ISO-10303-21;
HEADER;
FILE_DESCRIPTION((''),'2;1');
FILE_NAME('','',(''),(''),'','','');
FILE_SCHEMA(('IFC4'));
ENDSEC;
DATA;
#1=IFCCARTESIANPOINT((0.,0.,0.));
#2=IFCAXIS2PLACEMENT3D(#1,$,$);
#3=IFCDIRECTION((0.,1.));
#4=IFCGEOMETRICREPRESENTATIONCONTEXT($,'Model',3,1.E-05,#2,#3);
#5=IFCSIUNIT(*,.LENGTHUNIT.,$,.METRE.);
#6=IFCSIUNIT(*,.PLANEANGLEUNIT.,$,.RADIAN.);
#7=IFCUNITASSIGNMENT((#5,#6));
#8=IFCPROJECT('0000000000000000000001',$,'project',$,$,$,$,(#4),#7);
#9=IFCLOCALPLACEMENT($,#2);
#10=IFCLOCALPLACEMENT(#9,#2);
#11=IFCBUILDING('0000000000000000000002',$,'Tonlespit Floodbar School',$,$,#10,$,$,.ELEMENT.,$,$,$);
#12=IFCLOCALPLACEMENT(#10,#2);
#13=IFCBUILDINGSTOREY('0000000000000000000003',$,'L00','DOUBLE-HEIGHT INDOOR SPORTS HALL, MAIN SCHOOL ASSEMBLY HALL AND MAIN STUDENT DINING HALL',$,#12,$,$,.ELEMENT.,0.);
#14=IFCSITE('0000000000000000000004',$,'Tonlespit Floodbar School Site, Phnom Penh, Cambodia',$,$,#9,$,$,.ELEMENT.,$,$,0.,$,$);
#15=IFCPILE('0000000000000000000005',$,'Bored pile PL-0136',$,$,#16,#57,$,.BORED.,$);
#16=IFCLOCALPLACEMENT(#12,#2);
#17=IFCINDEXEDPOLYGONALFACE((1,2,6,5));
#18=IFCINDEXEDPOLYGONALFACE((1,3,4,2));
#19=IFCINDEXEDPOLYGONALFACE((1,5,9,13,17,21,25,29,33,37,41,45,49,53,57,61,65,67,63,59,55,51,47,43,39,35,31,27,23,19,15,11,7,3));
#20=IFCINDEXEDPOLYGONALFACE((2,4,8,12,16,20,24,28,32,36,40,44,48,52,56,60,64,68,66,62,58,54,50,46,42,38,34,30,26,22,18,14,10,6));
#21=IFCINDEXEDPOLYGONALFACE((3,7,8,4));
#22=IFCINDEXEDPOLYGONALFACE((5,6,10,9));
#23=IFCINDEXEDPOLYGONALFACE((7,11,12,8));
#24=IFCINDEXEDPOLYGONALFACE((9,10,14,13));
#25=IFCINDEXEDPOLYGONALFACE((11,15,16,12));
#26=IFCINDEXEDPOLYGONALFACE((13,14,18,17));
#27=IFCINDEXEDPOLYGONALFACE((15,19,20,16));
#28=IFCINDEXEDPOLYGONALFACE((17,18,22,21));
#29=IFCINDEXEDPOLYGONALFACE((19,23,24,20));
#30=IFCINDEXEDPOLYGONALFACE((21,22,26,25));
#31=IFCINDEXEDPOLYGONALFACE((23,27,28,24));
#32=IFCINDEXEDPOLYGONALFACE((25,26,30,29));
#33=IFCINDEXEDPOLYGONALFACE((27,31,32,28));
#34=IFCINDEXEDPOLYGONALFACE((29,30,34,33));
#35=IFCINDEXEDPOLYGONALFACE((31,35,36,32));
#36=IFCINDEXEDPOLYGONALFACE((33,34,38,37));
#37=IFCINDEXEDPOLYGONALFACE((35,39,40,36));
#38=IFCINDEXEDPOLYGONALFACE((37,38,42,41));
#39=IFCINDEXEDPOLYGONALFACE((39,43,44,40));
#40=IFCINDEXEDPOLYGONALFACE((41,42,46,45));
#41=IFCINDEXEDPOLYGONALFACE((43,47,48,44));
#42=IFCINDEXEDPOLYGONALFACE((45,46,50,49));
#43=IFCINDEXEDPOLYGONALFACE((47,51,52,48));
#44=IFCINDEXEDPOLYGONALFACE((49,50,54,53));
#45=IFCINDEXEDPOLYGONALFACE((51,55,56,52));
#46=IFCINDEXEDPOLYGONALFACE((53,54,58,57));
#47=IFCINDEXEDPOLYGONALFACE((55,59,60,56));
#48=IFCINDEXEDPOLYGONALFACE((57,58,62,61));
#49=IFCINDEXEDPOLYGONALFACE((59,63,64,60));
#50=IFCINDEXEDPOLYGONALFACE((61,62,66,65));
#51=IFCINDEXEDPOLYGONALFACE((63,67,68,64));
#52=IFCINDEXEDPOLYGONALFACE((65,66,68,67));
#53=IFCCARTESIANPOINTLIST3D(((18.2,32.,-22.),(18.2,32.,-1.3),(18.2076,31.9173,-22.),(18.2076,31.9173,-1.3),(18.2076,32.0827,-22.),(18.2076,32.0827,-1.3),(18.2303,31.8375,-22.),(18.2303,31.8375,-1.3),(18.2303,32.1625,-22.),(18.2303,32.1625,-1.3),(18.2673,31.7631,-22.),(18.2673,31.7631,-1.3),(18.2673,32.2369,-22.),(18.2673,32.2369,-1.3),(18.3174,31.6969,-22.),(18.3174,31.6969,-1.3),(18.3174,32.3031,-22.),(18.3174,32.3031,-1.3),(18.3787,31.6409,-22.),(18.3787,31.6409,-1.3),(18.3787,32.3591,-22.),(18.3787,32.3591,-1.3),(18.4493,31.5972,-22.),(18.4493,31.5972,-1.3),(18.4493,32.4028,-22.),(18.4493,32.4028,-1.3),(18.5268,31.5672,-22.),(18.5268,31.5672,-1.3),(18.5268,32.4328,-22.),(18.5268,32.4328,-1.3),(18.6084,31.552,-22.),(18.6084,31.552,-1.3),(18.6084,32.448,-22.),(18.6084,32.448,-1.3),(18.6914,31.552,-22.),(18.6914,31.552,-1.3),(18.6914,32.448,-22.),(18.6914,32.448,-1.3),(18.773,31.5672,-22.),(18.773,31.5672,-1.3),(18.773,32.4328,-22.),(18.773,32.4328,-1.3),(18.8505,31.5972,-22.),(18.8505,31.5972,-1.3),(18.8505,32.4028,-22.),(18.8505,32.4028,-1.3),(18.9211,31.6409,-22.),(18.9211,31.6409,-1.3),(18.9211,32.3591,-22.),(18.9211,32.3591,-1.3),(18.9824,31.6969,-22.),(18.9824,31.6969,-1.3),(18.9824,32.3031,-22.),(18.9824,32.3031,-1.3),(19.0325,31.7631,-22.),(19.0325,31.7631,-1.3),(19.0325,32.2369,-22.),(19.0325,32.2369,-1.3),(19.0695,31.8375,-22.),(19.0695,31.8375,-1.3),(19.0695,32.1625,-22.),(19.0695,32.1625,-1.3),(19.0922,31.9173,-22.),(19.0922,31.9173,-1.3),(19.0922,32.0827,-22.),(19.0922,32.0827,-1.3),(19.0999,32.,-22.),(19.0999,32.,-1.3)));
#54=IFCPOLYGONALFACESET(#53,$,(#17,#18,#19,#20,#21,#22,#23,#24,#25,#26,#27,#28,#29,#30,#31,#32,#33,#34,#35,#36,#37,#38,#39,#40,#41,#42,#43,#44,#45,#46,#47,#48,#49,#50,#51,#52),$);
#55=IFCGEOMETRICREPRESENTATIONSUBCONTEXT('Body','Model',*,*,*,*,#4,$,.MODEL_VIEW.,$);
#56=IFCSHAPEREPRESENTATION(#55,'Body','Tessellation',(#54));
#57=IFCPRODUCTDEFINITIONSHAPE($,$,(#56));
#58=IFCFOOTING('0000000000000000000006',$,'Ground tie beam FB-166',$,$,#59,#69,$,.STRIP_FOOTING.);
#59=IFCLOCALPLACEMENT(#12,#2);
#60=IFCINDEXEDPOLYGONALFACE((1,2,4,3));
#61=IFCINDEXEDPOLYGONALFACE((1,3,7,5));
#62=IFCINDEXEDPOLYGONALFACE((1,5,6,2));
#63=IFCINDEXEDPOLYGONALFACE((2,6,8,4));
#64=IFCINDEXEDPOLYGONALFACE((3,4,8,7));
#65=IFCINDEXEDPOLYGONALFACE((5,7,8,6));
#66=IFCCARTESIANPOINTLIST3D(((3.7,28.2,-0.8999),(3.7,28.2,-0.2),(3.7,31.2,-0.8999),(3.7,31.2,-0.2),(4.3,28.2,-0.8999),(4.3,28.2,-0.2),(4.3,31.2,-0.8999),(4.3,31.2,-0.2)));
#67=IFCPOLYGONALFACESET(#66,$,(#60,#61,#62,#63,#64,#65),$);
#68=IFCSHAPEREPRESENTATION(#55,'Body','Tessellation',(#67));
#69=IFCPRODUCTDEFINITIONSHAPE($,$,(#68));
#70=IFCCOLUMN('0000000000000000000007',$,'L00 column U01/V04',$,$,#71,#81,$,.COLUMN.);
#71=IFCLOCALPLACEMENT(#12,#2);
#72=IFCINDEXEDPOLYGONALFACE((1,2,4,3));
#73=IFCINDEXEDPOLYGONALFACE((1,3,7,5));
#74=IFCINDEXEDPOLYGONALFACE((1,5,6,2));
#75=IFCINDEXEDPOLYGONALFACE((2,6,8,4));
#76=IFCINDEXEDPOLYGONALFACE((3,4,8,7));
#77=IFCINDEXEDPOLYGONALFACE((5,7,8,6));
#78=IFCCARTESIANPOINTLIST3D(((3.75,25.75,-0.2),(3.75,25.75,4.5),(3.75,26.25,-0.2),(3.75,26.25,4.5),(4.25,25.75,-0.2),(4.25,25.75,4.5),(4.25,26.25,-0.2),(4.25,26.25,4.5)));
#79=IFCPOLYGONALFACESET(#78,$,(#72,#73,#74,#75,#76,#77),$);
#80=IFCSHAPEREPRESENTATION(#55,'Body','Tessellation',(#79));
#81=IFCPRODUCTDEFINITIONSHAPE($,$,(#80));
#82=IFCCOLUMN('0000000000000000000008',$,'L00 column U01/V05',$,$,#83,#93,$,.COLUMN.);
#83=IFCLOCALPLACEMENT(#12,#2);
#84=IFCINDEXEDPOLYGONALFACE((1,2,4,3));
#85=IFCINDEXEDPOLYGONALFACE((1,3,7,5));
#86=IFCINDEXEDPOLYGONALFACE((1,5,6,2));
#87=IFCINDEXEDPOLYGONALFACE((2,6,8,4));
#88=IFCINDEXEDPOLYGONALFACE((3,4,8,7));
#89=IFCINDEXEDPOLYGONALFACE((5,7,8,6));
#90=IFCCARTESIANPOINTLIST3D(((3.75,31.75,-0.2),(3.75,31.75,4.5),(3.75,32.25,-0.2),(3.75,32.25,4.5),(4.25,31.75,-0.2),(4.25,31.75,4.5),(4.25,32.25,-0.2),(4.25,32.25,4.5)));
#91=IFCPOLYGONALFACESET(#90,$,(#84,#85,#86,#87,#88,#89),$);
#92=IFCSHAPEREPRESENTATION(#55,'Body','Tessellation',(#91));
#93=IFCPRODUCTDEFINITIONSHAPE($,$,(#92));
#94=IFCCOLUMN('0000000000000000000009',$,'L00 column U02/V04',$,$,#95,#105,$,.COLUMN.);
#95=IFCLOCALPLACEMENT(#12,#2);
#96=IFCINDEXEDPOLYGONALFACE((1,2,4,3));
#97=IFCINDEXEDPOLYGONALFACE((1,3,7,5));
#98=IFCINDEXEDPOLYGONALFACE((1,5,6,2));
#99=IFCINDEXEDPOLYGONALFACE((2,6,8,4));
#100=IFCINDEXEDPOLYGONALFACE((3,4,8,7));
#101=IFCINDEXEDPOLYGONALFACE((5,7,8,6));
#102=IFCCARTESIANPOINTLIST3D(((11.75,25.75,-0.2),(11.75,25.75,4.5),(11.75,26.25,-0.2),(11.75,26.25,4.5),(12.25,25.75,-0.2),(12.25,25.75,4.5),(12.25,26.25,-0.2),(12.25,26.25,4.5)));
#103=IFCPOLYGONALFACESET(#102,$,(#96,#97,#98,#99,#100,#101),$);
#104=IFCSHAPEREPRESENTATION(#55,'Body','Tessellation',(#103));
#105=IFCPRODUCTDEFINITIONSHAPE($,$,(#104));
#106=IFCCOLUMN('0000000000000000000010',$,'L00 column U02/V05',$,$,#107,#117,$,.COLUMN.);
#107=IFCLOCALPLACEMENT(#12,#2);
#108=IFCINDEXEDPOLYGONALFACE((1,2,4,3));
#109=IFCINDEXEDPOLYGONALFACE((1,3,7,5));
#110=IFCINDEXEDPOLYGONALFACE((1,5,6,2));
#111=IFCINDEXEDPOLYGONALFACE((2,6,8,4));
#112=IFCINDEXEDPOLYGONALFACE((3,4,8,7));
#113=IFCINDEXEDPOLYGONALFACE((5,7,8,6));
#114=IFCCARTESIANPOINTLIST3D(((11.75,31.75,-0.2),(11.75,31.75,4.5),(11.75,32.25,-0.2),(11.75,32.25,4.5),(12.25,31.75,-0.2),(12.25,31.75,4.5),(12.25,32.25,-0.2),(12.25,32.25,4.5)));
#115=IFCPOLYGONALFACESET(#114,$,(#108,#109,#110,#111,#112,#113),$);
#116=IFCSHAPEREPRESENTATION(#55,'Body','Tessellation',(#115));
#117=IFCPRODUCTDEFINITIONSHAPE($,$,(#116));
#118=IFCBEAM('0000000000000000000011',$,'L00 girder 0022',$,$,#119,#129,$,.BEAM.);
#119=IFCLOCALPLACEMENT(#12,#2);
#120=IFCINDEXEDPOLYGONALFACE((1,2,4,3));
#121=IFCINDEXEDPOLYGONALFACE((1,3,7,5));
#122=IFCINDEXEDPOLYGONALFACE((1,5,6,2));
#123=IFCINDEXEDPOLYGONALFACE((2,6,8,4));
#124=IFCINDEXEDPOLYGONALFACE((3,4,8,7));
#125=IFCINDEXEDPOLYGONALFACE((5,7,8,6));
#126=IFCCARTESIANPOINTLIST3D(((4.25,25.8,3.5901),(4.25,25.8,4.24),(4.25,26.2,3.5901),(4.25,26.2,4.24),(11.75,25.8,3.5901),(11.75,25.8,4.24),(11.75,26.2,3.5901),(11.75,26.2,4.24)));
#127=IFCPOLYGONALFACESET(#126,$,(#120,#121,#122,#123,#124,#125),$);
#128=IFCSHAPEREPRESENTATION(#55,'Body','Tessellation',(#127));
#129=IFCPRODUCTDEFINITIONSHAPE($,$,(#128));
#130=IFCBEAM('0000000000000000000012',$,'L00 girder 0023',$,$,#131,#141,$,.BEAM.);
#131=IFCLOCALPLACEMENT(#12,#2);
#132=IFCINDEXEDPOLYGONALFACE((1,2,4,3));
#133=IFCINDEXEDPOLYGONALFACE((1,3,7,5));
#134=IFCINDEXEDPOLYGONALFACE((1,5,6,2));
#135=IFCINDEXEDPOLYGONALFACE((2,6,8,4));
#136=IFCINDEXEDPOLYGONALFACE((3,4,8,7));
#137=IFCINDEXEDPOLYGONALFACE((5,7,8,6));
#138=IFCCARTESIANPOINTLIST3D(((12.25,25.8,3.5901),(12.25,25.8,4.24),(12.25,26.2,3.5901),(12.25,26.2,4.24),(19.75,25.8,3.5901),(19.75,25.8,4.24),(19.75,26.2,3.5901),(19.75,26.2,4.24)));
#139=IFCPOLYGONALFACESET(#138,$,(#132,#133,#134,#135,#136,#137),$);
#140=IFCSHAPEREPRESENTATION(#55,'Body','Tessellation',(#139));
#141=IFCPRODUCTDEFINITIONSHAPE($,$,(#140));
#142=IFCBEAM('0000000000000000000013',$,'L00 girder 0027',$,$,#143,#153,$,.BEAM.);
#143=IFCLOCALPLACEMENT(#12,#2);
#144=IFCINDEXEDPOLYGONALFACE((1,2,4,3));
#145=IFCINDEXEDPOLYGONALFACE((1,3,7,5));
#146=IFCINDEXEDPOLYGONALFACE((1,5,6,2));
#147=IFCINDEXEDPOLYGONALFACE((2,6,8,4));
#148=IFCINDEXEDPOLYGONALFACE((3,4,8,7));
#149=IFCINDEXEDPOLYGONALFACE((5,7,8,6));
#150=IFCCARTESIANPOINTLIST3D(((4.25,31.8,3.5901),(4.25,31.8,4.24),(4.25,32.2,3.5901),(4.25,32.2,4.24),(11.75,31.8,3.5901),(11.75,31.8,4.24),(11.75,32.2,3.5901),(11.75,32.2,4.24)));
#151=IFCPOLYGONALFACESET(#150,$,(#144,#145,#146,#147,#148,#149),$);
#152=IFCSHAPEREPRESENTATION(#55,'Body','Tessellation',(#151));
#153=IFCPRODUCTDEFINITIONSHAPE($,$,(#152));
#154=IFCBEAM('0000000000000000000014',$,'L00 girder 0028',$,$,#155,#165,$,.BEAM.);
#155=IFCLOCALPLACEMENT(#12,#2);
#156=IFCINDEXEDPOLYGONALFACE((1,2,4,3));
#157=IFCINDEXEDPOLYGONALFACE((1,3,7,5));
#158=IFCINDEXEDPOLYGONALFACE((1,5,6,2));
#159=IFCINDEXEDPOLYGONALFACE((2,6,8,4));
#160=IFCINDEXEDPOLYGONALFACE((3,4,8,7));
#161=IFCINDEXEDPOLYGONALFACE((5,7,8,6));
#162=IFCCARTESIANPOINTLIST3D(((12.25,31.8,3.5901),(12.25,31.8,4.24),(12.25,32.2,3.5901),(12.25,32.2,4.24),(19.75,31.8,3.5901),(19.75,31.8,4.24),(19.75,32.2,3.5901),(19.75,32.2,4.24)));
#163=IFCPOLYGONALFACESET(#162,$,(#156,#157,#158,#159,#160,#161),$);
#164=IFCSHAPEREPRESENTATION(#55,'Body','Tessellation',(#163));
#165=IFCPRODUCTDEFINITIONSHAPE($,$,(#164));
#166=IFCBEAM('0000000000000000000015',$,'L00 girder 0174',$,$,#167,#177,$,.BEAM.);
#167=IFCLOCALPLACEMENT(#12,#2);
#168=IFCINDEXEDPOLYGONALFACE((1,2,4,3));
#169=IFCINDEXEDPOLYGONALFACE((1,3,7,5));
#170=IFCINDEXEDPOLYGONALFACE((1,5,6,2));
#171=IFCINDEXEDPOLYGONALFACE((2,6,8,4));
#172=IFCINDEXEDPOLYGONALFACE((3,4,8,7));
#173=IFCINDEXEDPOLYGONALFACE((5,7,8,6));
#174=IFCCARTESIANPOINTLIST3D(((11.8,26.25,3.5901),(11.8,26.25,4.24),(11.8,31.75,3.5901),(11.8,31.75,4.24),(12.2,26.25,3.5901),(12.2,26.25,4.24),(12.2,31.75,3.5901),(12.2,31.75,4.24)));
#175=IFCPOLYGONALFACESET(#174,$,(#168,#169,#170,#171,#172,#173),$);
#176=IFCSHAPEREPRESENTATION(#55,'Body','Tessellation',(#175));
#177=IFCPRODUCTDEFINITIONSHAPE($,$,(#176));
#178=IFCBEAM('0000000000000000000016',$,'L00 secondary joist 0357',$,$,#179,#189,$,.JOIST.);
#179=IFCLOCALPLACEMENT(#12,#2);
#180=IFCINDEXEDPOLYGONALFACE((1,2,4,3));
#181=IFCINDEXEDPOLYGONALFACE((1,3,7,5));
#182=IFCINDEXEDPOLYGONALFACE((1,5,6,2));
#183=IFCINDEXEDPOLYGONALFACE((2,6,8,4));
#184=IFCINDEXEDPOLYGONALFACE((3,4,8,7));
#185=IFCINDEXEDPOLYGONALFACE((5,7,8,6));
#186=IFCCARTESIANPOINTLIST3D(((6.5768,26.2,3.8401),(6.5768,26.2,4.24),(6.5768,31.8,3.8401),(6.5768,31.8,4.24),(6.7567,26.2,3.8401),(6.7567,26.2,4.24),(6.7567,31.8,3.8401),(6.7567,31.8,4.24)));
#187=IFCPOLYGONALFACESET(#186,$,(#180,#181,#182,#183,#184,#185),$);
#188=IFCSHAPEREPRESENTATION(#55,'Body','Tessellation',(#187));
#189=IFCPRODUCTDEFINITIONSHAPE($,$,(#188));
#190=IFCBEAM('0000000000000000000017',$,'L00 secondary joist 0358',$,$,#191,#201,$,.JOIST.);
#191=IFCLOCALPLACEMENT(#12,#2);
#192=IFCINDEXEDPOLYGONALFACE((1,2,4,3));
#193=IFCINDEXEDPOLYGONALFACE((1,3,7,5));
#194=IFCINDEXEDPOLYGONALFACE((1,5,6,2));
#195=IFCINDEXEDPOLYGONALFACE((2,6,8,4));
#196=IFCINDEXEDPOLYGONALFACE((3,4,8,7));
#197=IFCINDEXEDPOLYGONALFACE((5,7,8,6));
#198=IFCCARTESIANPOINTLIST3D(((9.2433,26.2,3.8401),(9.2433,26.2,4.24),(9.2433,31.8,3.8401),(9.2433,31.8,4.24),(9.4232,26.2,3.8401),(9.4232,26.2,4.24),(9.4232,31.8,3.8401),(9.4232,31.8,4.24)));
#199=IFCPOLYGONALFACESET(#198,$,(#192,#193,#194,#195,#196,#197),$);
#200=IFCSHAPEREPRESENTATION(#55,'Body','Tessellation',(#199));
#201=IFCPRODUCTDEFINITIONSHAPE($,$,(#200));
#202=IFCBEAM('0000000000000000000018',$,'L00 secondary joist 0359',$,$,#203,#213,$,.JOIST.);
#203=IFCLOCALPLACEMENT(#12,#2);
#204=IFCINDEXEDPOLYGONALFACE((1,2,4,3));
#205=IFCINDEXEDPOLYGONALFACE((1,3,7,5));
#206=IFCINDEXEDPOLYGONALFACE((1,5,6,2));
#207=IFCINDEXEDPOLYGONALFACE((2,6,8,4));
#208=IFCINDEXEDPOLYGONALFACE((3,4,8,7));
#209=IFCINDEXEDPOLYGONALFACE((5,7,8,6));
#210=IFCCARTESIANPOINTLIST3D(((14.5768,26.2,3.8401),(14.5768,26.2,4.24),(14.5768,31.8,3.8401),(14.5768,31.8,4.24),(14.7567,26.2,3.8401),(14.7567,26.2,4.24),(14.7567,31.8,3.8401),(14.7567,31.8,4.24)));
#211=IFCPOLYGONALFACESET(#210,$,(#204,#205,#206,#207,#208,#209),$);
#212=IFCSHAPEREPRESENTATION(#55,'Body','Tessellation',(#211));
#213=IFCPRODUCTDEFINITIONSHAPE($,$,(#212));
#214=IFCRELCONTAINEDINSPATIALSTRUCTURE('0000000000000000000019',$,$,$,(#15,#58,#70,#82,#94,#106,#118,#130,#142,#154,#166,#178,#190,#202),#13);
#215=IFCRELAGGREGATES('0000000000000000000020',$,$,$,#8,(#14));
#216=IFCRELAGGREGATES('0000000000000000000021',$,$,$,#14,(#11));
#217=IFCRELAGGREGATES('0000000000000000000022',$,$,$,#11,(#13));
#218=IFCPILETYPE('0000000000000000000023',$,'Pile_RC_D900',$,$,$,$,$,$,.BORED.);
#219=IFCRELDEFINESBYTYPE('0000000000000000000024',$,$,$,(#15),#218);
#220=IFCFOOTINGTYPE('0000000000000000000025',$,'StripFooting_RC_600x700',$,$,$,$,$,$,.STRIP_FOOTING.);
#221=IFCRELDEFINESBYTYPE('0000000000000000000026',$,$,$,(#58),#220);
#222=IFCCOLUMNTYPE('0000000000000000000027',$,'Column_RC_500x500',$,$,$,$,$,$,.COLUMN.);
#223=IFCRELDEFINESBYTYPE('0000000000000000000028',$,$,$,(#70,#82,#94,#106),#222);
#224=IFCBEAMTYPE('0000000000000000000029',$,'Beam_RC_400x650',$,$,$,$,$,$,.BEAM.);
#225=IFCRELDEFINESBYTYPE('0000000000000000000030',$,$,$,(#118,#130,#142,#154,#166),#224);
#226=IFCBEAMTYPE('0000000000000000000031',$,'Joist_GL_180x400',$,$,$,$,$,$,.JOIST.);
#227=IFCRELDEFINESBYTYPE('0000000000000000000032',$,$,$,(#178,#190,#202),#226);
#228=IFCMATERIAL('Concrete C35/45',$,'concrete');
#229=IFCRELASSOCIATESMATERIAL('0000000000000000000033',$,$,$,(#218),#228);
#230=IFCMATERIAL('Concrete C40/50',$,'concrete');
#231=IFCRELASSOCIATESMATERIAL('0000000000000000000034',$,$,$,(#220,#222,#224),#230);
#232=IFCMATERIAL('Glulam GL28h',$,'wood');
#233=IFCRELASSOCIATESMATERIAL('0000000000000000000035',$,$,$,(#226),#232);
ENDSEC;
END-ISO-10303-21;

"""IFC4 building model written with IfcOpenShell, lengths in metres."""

from ifc_helpers import new_model, si_unit, direction, frame, origin, origin_2d, place, context, subcontext, project, spatial, rectangle, circle, extrude, material, material_profile, profile_set, type_object, element, save


model = new_model("IFC4")

# Units and contexts
model_context = context("Model", 3, precision=1e-05, world=origin(), true_north=direction((0.0, 1.0)))
body_context = subcontext(model_context, "Body", "Model", "MODEL_VIEW")
ifc_project = project(units=[si_unit("LENGTHUNIT", "METRE"), si_unit("PLANEANGLEUNIT", "RADIAN")], contexts=[model_context])

# Site, building, storey
site_placement = place(None, origin())
site = spatial("IfcSite", under=ifc_project, at=site_placement, Name="Tonlespit Floodbar School Site, Phnom Penh, Cambodia", CompositionType="ELEMENT", RefElevation=0.0)
building_placement = place(site_placement, origin())
building = spatial("IfcBuilding", under=site, at=building_placement, Name="Tonlespit Floodbar School", CompositionType="ELEMENT")
storey_placement = place(building_placement, origin())
storey = spatial("IfcBuildingStorey", under=building, at=storey_placement, Name="L00", Description="DOUBLE-HEIGHT INDOOR SPORTS HALL, MAIN SCHOOL ASSEMBLY HALL AND MAIN STUDENT DINING HALL", CompositionType="ELEMENT", Elevation=0.0)

# Shared definitions
ifc_material_1 = material(Name="Concrete C40/50", Category="concrete")

# Pile
ifc_material_2 = material(Name="Concrete C35/45", Category="concrete")
ifc_material_profile_1 = material_profile(ifc_material_2, circle(Radius=0.45, at=origin_2d()), Name="BP D900")
ifc_profile_set_1 = profile_set([ifc_material_profile_1], Name="Concrete C35/45")
pile_type = type_object("IfcPileType", Name="Pile_RC_D900", PredefinedType="BORED", material=ifc_profile_set_1)
for number, where, z_axis, x_axis, name in (
    (1, (18.6499, 32.0, -1.3), (0.0, 0.0, -1.0), (1.0, 0.0, 0.0), "Bored pile PL-0136"),
):
    element("IfcPile", number, at=place(storey_placement, frame(where, z_axis=z_axis, x_axis=x_axis)), inside=storey, type_object=pile_type, Name=name, PredefinedType="BORED", context=body_context, shape_type="SweptSolid", body=[
        extrude(circle(Radius=0.45, at=origin_2d()), origin(), (0.0, 0.0, 1.0), 20.7),
    ])

# Footing
footing_type_1 = type_object("IfcFootingType", Name="StripFooting_RC_600x700", PredefinedType="STRIP_FOOTING", material=ifc_material_1)
footing_1_placement = place(storey_placement, frame((4.0, 29.7, -0.8999), z_axis=(0.0, 0.0, 1.0), x_axis=(0.0, 1.0, 0.0)))
element("IfcFooting", 2, at=footing_1_placement, inside=storey, type_object=footing_type_1, Name="Ground tie beam FB-166", PredefinedType="STRIP_FOOTING", context=body_context, shape_type="SweptSolid", body=[
    extrude(rectangle(XDim=3.0, YDim=0.6001, at=origin_2d()), origin(), (0.0, 0.0, 1.0), 0.7),
])

# Columns
ifc_material_profile_2 = material_profile(ifc_material_1, rectangle(XDim=0.5, YDim=0.5, at=origin_2d()), Name="RC 500x500")
ifc_profile_set_2 = profile_set([ifc_material_profile_2], Name="Concrete C40/50")
column_type = type_object("IfcColumnType", Name="Column_RC_500x500", PredefinedType="COLUMN", material=ifc_profile_set_2)
for number, where, z_axis, x_axis, name in (
    (3, (4.0, 26.0, -0.2), (0.0, 0.0, 1.0), (1.0, 0.0, 0.0), "L00 column U01/V04"),
    (4, (4.0, 32.0, -0.2), (0.0, 0.0, 1.0), (1.0, 0.0, 0.0), "L00 column U01/V05"),
    (5, (12.0, 26.0, -0.2), (0.0, 0.0, 1.0), (1.0, 0.0, 0.0), "L00 column U02/V04"),
    (6, (12.0, 32.0, -0.2), (0.0, 0.0, 1.0), (1.0, 0.0, 0.0), "L00 column U02/V05"),
):
    element("IfcColumn", number, at=place(storey_placement, frame(where, z_axis=z_axis, x_axis=x_axis)), inside=storey, type_object=column_type, Name=name, PredefinedType="COLUMN", context=body_context, shape_type="SweptSolid", body=[
        extrude(rectangle(XDim=0.5, YDim=0.5, at=origin_2d()), origin(), (0.0, 0.0, 1.0), 4.7),
    ])

# Beams
ifc_material_profile_3 = material_profile(ifc_material_1, rectangle(XDim=0.3999, YDim=0.6499, at=origin_2d()), Name="RC 400x650")
ifc_profile_set_3 = profile_set([ifc_material_profile_3], Name="Concrete C40/50")
beam_type_1 = type_object("IfcBeamType", Name="Beam_RC_400x650", PredefinedType="BEAM", material=ifc_profile_set_3)
for number, where, z_axis, x_axis, name in (
    (7, (4.25, 26.0, 3.915), (1.0, 0.0, 0.0), (0.0, 1.0, 0.0), "L00 girder 0022"),
    (8, (12.25, 26.0, 3.915), (1.0, 0.0, 0.0), (0.0, 1.0, 0.0), "L00 girder 0023"),
    (9, (4.25, 32.0, 3.915), (1.0, 0.0, 0.0), (0.0, 1.0, 0.0), "L00 girder 0027"),
    (10, (12.25, 32.0, 3.915), (1.0, 0.0, 0.0), (0.0, 1.0, 0.0), "L00 girder 0028"),
):
    element("IfcBeam", number, at=place(storey_placement, frame(where, z_axis=z_axis, x_axis=x_axis)), inside=storey, type_object=beam_type_1, Name=name, PredefinedType="BEAM", context=body_context, shape_type="SweptSolid", body=[
        extrude(rectangle(XDim=0.3999, YDim=0.6499, at=origin_2d()), origin(), (0.0, 0.0, 1.0), 7.5),
    ])
beam_1_placement = place(storey_placement, frame((12.0, 26.25, 3.915), z_axis=(0.0, 1.0, 0.0), x_axis=(-1.0, 0.0, 0.0)))
element("IfcBeam", 11, at=beam_1_placement, inside=storey, type_object=beam_type_1, Name="L00 girder 0174", PredefinedType="BEAM", context=body_context, shape_type="SweptSolid", body=[
    extrude(rectangle(XDim=0.3999, YDim=0.6499, at=origin_2d()), origin(), (0.0, 0.0, 1.0), 5.5),
])
ifc_material_3 = material(Name="Glulam GL28h", Category="wood")
ifc_material_profile_4 = material_profile(ifc_material_3, rectangle(XDim=0.1799, YDim=0.3999, at=origin_2d()), Name="GL 180x400")
ifc_profile_set_4 = profile_set([ifc_material_profile_4], Name="Glulam GL28h")
beam_type_2 = type_object("IfcBeamType", Name="Joist_GL_180x400", PredefinedType="JOIST", material=ifc_profile_set_4)
for number, where, z_axis, x_axis, name in (
    (12, (6.6667, 26.2, 4.04), (0.0, 1.0, 0.0), (-1.0, 0.0, 0.0), "L00 secondary joist 0357"),
    (13, (9.3333, 26.2, 4.04), (0.0, 1.0, 0.0), (-1.0, 0.0, 0.0), "L00 secondary joist 0358"),
    (14, (14.6667, 26.2, 4.04), (0.0, 1.0, 0.0), (-1.0, 0.0, 0.0), "L00 secondary joist 0359"),
):
    element("IfcBeam", number, at=place(storey_placement, frame(where, z_axis=z_axis, x_axis=x_axis)), inside=storey, type_object=beam_type_2, Name=name, PredefinedType="JOIST", context=body_context, shape_type="SweptSolid", body=[
        extrude(rectangle(XDim=0.1799, YDim=0.3999, at=origin_2d()), origin(), (0.0, 0.0, 1.0), 5.6001),
    ])

save(model, "model.ifc")
